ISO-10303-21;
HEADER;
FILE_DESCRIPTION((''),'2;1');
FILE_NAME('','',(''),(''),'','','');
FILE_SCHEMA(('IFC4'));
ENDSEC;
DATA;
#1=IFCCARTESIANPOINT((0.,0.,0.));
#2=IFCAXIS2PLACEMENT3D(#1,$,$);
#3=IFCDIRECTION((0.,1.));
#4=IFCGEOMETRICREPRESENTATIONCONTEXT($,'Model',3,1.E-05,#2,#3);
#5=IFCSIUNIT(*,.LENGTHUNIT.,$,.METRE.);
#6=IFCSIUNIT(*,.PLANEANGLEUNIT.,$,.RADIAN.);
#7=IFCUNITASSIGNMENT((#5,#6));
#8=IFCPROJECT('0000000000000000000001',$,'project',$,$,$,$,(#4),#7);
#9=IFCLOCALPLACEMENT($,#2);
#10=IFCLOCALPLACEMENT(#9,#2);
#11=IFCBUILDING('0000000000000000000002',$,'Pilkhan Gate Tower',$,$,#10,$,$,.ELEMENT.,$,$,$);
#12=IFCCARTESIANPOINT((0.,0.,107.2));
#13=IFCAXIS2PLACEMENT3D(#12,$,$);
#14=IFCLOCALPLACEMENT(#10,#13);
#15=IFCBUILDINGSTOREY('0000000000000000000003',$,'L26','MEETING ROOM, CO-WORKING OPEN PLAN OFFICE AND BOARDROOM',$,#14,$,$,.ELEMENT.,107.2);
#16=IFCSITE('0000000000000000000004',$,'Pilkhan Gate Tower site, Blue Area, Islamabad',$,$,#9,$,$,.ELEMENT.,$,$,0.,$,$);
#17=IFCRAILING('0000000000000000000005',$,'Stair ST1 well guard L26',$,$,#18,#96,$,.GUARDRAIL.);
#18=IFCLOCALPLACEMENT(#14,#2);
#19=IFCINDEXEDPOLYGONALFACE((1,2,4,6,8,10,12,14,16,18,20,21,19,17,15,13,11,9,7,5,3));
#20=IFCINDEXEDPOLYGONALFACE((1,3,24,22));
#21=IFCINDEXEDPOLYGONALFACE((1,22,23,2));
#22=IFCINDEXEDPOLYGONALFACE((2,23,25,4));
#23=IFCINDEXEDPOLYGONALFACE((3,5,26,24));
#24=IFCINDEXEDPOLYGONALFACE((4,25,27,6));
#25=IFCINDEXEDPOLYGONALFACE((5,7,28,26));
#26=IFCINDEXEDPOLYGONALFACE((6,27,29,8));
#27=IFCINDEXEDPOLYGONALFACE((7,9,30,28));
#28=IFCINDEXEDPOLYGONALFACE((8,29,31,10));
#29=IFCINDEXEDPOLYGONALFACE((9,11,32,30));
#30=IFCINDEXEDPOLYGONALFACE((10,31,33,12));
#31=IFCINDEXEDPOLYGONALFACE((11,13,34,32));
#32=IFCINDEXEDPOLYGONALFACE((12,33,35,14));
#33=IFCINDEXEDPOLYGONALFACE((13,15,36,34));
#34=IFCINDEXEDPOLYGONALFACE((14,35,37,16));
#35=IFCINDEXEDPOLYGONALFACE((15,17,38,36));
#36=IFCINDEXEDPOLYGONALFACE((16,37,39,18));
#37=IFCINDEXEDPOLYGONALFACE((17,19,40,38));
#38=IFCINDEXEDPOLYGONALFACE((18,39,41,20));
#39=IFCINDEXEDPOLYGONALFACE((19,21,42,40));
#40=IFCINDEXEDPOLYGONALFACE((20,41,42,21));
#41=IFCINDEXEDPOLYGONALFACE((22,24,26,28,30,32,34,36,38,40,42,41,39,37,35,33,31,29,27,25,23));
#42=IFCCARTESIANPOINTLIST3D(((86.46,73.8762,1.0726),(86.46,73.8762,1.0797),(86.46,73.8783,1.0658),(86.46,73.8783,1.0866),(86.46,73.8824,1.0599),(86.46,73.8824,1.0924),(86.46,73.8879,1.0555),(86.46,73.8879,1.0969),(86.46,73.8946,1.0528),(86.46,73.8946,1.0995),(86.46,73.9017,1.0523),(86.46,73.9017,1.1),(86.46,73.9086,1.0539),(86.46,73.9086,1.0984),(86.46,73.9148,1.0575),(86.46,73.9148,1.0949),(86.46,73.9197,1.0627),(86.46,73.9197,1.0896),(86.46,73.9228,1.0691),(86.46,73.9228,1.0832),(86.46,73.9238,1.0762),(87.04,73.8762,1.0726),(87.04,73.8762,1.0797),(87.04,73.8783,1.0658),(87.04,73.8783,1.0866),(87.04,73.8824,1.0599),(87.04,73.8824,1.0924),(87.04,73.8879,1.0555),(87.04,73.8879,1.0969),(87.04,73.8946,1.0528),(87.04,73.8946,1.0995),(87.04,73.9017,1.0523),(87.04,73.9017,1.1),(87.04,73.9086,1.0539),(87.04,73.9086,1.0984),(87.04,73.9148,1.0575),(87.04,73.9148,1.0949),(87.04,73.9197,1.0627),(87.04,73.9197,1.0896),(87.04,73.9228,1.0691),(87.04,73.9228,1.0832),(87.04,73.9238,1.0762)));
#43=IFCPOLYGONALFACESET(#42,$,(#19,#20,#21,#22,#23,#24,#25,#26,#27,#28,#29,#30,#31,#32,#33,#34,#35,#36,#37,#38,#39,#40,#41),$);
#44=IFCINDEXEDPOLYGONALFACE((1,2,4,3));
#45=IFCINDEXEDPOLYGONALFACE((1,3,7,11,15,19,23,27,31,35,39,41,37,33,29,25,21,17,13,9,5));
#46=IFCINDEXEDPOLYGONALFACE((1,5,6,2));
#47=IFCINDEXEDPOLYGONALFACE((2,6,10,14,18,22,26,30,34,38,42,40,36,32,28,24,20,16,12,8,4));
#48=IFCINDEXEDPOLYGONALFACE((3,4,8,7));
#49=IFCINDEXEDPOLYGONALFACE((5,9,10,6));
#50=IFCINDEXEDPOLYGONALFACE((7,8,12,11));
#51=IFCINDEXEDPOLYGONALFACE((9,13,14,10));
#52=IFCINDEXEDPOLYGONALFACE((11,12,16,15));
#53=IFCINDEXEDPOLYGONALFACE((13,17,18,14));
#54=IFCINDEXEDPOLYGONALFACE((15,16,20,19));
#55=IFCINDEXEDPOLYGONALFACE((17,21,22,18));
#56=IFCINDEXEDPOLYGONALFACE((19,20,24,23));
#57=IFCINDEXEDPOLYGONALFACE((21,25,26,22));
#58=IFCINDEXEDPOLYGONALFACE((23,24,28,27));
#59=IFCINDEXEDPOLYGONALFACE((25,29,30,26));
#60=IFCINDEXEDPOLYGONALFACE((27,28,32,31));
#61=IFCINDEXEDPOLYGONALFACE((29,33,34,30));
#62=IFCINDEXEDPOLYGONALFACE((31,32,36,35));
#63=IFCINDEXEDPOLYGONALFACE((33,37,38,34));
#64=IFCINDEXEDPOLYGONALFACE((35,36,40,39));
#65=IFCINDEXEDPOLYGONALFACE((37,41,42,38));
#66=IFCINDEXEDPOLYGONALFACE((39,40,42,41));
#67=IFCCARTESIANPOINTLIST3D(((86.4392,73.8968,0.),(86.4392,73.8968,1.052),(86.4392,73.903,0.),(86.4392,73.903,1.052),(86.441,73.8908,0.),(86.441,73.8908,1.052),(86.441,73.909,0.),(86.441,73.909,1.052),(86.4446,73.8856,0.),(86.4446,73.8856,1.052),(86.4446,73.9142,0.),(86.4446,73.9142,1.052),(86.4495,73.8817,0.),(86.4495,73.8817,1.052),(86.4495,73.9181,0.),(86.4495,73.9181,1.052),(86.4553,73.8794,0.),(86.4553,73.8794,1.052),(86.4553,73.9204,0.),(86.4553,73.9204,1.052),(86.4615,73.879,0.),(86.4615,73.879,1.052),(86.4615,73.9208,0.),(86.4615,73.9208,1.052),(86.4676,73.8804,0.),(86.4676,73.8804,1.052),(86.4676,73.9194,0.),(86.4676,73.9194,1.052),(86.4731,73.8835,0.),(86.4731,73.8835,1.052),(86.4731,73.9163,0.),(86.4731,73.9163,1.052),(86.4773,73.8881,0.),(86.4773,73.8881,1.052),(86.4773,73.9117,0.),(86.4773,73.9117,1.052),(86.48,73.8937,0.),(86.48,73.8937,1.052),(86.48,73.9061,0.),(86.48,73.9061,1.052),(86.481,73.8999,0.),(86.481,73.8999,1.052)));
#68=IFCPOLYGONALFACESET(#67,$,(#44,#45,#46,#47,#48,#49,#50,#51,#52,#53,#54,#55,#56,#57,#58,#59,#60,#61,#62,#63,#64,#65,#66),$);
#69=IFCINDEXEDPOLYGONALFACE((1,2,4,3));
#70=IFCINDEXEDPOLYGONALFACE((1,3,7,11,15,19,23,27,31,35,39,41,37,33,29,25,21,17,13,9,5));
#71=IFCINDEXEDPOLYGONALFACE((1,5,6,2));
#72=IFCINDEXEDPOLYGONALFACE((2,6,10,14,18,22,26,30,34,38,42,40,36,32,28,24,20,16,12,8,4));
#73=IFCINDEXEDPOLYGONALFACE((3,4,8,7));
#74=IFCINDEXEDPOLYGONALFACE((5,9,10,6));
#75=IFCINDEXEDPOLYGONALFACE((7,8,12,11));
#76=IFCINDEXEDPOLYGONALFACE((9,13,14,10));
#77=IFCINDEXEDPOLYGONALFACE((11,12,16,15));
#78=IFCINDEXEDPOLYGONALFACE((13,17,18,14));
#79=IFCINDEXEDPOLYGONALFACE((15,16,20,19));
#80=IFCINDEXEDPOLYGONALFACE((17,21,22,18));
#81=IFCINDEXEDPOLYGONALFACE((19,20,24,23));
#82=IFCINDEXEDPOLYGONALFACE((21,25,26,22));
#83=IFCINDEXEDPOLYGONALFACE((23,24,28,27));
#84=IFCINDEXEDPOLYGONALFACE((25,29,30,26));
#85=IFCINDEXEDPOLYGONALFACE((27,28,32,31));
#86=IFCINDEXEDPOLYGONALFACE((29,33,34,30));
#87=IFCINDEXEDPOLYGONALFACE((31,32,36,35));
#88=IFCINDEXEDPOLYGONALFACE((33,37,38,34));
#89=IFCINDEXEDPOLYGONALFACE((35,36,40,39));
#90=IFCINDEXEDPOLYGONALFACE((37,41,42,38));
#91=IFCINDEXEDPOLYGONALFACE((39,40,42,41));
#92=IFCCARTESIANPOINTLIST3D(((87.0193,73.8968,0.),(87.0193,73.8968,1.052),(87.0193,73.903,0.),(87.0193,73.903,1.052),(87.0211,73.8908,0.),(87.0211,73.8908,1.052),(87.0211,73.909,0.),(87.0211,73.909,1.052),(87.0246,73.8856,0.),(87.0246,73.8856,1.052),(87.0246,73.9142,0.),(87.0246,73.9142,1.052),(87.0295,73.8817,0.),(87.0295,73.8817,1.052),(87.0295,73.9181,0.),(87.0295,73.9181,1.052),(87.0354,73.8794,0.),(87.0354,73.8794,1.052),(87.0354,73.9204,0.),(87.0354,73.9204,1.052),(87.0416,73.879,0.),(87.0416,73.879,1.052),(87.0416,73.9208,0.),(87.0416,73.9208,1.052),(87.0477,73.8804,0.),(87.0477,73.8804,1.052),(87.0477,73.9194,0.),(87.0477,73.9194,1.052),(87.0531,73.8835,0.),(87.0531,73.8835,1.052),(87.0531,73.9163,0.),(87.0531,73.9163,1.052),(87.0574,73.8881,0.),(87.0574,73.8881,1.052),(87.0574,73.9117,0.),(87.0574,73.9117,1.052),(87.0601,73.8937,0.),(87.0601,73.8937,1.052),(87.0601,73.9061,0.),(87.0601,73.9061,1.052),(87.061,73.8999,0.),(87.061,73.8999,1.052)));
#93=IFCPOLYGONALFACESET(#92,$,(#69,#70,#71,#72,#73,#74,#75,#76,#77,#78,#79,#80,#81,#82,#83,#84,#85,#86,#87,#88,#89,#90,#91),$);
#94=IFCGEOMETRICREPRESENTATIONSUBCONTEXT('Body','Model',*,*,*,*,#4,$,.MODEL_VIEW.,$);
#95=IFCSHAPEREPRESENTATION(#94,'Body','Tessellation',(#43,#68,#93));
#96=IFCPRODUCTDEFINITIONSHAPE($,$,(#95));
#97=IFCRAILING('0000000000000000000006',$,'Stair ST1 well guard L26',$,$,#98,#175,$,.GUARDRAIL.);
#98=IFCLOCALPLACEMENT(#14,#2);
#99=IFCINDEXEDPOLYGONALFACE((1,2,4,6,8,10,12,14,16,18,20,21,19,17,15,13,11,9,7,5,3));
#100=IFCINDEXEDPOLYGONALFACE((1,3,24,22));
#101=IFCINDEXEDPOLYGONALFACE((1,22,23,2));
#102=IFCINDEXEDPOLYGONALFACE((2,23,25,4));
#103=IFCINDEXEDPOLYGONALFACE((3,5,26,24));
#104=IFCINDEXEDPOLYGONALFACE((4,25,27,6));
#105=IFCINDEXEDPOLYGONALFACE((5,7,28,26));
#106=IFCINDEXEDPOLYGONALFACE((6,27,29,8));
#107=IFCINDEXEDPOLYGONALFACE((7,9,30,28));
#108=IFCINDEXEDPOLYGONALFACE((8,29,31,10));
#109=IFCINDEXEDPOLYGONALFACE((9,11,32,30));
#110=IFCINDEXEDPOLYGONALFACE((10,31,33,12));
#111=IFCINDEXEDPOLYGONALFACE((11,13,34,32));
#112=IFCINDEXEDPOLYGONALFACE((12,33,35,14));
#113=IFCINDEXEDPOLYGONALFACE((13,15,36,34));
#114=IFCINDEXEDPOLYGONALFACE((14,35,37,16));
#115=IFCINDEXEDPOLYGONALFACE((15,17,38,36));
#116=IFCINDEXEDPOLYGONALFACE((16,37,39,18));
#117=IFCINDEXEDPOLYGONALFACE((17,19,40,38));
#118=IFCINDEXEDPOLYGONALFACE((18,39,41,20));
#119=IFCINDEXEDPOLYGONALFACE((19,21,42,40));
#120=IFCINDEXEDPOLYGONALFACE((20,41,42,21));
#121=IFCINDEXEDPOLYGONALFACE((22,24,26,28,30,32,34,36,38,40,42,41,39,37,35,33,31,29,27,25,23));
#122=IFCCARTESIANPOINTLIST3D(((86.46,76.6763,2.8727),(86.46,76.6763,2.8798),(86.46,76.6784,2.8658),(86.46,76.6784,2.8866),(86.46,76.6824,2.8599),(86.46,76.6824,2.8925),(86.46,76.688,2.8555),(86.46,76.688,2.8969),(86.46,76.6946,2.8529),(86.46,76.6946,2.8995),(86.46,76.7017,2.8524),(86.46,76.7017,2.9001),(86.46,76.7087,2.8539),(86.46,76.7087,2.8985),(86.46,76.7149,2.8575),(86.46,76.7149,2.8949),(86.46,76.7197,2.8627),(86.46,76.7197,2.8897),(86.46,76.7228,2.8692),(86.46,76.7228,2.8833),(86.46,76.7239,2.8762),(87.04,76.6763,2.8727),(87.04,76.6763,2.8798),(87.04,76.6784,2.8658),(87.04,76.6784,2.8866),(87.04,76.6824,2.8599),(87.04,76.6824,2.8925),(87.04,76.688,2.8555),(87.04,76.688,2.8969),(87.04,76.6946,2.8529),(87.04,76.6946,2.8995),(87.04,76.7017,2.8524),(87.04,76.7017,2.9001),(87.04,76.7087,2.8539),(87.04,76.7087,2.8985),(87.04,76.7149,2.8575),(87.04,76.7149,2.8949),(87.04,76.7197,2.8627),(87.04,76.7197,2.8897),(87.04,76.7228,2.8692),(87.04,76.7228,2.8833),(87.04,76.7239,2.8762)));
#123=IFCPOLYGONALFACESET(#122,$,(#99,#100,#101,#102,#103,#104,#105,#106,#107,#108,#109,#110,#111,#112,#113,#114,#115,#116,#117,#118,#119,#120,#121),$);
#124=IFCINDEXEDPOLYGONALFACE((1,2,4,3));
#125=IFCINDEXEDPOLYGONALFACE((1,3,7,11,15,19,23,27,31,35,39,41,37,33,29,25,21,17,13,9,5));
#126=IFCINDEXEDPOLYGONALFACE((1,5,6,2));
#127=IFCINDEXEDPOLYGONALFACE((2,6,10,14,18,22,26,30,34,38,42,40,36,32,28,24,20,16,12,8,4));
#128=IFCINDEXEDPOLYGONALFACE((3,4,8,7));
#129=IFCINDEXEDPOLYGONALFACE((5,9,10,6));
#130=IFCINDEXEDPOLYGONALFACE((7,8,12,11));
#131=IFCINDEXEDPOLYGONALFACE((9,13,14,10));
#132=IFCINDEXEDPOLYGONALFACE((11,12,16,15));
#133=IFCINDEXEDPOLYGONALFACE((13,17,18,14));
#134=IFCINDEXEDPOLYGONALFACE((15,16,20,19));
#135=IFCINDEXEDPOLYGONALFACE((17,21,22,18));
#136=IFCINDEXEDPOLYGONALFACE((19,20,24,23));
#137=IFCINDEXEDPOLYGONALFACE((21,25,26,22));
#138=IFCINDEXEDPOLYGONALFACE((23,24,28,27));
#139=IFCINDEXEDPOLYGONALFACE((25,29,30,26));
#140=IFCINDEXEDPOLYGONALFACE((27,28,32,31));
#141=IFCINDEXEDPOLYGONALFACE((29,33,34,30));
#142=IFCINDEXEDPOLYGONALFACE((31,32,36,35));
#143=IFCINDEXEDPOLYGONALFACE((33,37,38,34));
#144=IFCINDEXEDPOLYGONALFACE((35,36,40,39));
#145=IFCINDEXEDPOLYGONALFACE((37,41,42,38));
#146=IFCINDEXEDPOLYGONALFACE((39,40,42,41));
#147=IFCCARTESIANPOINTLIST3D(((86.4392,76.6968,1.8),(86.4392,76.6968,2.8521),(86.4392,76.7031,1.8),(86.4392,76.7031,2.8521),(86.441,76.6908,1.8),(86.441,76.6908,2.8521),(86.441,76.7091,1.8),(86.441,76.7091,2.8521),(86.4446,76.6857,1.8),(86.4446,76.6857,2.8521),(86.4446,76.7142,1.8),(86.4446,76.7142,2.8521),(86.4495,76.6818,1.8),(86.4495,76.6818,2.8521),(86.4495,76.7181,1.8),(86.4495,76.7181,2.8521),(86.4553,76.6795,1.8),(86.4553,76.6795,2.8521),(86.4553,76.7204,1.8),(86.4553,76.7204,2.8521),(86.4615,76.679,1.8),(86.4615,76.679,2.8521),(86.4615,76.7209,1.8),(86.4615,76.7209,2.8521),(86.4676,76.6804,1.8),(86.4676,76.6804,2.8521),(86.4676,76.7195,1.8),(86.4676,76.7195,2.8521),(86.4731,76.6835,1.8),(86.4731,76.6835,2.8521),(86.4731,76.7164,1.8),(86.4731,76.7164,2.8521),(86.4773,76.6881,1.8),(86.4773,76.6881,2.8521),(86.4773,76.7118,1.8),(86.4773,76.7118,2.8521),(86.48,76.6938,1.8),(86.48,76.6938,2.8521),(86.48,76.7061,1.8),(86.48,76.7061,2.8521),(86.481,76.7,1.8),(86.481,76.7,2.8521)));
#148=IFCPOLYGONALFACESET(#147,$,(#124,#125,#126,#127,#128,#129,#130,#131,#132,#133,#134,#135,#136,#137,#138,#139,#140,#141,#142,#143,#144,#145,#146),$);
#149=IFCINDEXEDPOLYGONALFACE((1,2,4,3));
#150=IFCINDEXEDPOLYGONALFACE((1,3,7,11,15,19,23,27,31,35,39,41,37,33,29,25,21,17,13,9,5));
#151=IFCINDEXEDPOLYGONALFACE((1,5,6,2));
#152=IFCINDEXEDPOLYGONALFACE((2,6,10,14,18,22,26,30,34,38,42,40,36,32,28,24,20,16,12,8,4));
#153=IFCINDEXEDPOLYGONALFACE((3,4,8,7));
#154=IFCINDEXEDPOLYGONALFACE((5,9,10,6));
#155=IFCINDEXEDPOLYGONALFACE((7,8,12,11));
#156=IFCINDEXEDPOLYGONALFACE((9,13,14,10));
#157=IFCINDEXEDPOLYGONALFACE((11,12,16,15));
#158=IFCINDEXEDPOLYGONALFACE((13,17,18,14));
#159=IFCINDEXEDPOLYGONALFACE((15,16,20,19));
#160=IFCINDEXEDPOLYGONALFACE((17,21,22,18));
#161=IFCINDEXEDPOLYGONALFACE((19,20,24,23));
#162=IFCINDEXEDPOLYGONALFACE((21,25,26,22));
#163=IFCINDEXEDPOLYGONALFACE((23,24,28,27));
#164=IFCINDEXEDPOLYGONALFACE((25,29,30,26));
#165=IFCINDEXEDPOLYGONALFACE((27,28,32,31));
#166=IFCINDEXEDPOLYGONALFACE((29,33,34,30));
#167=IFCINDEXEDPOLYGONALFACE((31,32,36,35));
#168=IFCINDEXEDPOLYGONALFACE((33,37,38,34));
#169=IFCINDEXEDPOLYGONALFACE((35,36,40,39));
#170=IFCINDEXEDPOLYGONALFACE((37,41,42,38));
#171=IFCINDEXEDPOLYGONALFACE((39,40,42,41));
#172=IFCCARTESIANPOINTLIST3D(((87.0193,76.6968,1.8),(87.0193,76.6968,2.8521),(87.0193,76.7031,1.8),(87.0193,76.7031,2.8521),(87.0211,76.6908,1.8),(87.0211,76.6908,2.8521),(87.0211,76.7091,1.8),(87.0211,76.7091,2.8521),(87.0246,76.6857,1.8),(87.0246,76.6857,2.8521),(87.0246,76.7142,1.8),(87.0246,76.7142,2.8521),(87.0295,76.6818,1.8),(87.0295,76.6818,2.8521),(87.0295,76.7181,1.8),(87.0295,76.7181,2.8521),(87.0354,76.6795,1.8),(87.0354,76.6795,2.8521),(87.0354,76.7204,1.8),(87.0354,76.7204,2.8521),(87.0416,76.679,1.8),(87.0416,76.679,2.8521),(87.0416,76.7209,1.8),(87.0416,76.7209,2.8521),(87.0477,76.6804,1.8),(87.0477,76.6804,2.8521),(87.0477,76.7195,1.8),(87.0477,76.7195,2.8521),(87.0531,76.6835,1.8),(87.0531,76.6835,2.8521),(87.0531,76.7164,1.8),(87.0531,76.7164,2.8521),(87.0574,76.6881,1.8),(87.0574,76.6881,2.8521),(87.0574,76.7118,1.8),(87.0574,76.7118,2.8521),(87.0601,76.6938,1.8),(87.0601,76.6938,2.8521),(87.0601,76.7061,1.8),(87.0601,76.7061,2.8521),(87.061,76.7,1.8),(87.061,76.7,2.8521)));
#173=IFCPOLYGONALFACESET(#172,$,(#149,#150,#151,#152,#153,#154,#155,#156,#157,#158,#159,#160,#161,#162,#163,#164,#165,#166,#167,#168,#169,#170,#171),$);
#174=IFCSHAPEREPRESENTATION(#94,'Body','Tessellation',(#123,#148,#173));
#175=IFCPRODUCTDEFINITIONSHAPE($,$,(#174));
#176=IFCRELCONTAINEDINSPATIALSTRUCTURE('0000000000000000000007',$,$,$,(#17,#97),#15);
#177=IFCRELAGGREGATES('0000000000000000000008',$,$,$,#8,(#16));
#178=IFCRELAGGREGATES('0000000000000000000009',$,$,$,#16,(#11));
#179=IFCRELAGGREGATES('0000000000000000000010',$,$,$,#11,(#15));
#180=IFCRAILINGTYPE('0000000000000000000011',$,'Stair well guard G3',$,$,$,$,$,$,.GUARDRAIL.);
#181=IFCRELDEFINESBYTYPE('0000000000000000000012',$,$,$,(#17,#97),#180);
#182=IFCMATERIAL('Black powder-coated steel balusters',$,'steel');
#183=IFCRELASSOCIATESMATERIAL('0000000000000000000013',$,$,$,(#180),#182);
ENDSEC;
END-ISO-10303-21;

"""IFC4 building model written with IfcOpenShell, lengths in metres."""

from ifc_helpers import new_model, si_unit, direction, frame, origin, origin_2d, place, context, subcontext, project, spatial, circle, extrude, material, type_object, element, save


model = new_model("IFC4")

# Units and contexts
model_context = context("Model", 3, precision=1e-05, world=origin(), true_north=direction((0.0, 1.0)))
body_context = subcontext(model_context, "Body", "Model", "MODEL_VIEW")
ifc_project = project(units=[si_unit("LENGTHUNIT", "METRE"), si_unit("PLANEANGLEUNIT", "RADIAN")], contexts=[model_context])

# Site, building, storey
site_placement = place(None, origin())
site = spatial("IfcSite", under=ifc_project, at=site_placement, Name="Pilkhan Gate Tower site, Blue Area, Islamabad", CompositionType="ELEMENT", RefElevation=0.0)
building_placement = place(site_placement, origin())
building = spatial("IfcBuilding", under=site, at=building_placement, Name="Pilkhan Gate Tower", CompositionType="ELEMENT")
storey_placement = place(building_placement, frame((0.0, 0.0, 107.2)))
storey = spatial("IfcBuildingStorey", under=building, at=storey_placement, Name="L26", Description="MEETING ROOM, CO-WORKING OPEN PLAN OFFICE AND BOARDROOM", CompositionType="ELEMENT", Elevation=107.2)

# Railings
ifc_material_1 = material(Name="Black powder-coated steel balusters", Category="steel")
railing_type_1 = type_object("IfcRailingType", Name="Stair well guard G3", PredefinedType="GUARDRAIL", material=ifc_material_1)
for number, where, name in (
    (1, (86.46, 73.8999, 0.0), "Stair ST1 well guard L26"),
    (2, (86.46, 76.7, 1.8), "Stair ST1 well guard L26"),
):
    element("IfcRailing", number, at=place(storey_placement, frame(where)), inside=storey, type_object=railing_type_1, Name=name, PredefinedType="GUARDRAIL", context=body_context, shape_type="SweptSolid", body=[
        extrude(circle(Radius=0.0239, at=origin_2d()), frame((0.0, 0.0, 1.0762), z_axis=(1.0, 0.0, 0.0), x_axis=(0.0, 1.0, 0.0)), (0.0, 0.0, 1.0), 0.5801),
        extrude(circle(Radius=0.021, at=origin_2d()), origin(), (0.0, 0.0, 1.0), 1.052),
        extrude(circle(Radius=0.021, at=origin_2d()), frame((0.5801, 0.0, 0.0)), (0.0, 0.0, 1.0), 1.052),
    ])

save(model, "model.ifc")
